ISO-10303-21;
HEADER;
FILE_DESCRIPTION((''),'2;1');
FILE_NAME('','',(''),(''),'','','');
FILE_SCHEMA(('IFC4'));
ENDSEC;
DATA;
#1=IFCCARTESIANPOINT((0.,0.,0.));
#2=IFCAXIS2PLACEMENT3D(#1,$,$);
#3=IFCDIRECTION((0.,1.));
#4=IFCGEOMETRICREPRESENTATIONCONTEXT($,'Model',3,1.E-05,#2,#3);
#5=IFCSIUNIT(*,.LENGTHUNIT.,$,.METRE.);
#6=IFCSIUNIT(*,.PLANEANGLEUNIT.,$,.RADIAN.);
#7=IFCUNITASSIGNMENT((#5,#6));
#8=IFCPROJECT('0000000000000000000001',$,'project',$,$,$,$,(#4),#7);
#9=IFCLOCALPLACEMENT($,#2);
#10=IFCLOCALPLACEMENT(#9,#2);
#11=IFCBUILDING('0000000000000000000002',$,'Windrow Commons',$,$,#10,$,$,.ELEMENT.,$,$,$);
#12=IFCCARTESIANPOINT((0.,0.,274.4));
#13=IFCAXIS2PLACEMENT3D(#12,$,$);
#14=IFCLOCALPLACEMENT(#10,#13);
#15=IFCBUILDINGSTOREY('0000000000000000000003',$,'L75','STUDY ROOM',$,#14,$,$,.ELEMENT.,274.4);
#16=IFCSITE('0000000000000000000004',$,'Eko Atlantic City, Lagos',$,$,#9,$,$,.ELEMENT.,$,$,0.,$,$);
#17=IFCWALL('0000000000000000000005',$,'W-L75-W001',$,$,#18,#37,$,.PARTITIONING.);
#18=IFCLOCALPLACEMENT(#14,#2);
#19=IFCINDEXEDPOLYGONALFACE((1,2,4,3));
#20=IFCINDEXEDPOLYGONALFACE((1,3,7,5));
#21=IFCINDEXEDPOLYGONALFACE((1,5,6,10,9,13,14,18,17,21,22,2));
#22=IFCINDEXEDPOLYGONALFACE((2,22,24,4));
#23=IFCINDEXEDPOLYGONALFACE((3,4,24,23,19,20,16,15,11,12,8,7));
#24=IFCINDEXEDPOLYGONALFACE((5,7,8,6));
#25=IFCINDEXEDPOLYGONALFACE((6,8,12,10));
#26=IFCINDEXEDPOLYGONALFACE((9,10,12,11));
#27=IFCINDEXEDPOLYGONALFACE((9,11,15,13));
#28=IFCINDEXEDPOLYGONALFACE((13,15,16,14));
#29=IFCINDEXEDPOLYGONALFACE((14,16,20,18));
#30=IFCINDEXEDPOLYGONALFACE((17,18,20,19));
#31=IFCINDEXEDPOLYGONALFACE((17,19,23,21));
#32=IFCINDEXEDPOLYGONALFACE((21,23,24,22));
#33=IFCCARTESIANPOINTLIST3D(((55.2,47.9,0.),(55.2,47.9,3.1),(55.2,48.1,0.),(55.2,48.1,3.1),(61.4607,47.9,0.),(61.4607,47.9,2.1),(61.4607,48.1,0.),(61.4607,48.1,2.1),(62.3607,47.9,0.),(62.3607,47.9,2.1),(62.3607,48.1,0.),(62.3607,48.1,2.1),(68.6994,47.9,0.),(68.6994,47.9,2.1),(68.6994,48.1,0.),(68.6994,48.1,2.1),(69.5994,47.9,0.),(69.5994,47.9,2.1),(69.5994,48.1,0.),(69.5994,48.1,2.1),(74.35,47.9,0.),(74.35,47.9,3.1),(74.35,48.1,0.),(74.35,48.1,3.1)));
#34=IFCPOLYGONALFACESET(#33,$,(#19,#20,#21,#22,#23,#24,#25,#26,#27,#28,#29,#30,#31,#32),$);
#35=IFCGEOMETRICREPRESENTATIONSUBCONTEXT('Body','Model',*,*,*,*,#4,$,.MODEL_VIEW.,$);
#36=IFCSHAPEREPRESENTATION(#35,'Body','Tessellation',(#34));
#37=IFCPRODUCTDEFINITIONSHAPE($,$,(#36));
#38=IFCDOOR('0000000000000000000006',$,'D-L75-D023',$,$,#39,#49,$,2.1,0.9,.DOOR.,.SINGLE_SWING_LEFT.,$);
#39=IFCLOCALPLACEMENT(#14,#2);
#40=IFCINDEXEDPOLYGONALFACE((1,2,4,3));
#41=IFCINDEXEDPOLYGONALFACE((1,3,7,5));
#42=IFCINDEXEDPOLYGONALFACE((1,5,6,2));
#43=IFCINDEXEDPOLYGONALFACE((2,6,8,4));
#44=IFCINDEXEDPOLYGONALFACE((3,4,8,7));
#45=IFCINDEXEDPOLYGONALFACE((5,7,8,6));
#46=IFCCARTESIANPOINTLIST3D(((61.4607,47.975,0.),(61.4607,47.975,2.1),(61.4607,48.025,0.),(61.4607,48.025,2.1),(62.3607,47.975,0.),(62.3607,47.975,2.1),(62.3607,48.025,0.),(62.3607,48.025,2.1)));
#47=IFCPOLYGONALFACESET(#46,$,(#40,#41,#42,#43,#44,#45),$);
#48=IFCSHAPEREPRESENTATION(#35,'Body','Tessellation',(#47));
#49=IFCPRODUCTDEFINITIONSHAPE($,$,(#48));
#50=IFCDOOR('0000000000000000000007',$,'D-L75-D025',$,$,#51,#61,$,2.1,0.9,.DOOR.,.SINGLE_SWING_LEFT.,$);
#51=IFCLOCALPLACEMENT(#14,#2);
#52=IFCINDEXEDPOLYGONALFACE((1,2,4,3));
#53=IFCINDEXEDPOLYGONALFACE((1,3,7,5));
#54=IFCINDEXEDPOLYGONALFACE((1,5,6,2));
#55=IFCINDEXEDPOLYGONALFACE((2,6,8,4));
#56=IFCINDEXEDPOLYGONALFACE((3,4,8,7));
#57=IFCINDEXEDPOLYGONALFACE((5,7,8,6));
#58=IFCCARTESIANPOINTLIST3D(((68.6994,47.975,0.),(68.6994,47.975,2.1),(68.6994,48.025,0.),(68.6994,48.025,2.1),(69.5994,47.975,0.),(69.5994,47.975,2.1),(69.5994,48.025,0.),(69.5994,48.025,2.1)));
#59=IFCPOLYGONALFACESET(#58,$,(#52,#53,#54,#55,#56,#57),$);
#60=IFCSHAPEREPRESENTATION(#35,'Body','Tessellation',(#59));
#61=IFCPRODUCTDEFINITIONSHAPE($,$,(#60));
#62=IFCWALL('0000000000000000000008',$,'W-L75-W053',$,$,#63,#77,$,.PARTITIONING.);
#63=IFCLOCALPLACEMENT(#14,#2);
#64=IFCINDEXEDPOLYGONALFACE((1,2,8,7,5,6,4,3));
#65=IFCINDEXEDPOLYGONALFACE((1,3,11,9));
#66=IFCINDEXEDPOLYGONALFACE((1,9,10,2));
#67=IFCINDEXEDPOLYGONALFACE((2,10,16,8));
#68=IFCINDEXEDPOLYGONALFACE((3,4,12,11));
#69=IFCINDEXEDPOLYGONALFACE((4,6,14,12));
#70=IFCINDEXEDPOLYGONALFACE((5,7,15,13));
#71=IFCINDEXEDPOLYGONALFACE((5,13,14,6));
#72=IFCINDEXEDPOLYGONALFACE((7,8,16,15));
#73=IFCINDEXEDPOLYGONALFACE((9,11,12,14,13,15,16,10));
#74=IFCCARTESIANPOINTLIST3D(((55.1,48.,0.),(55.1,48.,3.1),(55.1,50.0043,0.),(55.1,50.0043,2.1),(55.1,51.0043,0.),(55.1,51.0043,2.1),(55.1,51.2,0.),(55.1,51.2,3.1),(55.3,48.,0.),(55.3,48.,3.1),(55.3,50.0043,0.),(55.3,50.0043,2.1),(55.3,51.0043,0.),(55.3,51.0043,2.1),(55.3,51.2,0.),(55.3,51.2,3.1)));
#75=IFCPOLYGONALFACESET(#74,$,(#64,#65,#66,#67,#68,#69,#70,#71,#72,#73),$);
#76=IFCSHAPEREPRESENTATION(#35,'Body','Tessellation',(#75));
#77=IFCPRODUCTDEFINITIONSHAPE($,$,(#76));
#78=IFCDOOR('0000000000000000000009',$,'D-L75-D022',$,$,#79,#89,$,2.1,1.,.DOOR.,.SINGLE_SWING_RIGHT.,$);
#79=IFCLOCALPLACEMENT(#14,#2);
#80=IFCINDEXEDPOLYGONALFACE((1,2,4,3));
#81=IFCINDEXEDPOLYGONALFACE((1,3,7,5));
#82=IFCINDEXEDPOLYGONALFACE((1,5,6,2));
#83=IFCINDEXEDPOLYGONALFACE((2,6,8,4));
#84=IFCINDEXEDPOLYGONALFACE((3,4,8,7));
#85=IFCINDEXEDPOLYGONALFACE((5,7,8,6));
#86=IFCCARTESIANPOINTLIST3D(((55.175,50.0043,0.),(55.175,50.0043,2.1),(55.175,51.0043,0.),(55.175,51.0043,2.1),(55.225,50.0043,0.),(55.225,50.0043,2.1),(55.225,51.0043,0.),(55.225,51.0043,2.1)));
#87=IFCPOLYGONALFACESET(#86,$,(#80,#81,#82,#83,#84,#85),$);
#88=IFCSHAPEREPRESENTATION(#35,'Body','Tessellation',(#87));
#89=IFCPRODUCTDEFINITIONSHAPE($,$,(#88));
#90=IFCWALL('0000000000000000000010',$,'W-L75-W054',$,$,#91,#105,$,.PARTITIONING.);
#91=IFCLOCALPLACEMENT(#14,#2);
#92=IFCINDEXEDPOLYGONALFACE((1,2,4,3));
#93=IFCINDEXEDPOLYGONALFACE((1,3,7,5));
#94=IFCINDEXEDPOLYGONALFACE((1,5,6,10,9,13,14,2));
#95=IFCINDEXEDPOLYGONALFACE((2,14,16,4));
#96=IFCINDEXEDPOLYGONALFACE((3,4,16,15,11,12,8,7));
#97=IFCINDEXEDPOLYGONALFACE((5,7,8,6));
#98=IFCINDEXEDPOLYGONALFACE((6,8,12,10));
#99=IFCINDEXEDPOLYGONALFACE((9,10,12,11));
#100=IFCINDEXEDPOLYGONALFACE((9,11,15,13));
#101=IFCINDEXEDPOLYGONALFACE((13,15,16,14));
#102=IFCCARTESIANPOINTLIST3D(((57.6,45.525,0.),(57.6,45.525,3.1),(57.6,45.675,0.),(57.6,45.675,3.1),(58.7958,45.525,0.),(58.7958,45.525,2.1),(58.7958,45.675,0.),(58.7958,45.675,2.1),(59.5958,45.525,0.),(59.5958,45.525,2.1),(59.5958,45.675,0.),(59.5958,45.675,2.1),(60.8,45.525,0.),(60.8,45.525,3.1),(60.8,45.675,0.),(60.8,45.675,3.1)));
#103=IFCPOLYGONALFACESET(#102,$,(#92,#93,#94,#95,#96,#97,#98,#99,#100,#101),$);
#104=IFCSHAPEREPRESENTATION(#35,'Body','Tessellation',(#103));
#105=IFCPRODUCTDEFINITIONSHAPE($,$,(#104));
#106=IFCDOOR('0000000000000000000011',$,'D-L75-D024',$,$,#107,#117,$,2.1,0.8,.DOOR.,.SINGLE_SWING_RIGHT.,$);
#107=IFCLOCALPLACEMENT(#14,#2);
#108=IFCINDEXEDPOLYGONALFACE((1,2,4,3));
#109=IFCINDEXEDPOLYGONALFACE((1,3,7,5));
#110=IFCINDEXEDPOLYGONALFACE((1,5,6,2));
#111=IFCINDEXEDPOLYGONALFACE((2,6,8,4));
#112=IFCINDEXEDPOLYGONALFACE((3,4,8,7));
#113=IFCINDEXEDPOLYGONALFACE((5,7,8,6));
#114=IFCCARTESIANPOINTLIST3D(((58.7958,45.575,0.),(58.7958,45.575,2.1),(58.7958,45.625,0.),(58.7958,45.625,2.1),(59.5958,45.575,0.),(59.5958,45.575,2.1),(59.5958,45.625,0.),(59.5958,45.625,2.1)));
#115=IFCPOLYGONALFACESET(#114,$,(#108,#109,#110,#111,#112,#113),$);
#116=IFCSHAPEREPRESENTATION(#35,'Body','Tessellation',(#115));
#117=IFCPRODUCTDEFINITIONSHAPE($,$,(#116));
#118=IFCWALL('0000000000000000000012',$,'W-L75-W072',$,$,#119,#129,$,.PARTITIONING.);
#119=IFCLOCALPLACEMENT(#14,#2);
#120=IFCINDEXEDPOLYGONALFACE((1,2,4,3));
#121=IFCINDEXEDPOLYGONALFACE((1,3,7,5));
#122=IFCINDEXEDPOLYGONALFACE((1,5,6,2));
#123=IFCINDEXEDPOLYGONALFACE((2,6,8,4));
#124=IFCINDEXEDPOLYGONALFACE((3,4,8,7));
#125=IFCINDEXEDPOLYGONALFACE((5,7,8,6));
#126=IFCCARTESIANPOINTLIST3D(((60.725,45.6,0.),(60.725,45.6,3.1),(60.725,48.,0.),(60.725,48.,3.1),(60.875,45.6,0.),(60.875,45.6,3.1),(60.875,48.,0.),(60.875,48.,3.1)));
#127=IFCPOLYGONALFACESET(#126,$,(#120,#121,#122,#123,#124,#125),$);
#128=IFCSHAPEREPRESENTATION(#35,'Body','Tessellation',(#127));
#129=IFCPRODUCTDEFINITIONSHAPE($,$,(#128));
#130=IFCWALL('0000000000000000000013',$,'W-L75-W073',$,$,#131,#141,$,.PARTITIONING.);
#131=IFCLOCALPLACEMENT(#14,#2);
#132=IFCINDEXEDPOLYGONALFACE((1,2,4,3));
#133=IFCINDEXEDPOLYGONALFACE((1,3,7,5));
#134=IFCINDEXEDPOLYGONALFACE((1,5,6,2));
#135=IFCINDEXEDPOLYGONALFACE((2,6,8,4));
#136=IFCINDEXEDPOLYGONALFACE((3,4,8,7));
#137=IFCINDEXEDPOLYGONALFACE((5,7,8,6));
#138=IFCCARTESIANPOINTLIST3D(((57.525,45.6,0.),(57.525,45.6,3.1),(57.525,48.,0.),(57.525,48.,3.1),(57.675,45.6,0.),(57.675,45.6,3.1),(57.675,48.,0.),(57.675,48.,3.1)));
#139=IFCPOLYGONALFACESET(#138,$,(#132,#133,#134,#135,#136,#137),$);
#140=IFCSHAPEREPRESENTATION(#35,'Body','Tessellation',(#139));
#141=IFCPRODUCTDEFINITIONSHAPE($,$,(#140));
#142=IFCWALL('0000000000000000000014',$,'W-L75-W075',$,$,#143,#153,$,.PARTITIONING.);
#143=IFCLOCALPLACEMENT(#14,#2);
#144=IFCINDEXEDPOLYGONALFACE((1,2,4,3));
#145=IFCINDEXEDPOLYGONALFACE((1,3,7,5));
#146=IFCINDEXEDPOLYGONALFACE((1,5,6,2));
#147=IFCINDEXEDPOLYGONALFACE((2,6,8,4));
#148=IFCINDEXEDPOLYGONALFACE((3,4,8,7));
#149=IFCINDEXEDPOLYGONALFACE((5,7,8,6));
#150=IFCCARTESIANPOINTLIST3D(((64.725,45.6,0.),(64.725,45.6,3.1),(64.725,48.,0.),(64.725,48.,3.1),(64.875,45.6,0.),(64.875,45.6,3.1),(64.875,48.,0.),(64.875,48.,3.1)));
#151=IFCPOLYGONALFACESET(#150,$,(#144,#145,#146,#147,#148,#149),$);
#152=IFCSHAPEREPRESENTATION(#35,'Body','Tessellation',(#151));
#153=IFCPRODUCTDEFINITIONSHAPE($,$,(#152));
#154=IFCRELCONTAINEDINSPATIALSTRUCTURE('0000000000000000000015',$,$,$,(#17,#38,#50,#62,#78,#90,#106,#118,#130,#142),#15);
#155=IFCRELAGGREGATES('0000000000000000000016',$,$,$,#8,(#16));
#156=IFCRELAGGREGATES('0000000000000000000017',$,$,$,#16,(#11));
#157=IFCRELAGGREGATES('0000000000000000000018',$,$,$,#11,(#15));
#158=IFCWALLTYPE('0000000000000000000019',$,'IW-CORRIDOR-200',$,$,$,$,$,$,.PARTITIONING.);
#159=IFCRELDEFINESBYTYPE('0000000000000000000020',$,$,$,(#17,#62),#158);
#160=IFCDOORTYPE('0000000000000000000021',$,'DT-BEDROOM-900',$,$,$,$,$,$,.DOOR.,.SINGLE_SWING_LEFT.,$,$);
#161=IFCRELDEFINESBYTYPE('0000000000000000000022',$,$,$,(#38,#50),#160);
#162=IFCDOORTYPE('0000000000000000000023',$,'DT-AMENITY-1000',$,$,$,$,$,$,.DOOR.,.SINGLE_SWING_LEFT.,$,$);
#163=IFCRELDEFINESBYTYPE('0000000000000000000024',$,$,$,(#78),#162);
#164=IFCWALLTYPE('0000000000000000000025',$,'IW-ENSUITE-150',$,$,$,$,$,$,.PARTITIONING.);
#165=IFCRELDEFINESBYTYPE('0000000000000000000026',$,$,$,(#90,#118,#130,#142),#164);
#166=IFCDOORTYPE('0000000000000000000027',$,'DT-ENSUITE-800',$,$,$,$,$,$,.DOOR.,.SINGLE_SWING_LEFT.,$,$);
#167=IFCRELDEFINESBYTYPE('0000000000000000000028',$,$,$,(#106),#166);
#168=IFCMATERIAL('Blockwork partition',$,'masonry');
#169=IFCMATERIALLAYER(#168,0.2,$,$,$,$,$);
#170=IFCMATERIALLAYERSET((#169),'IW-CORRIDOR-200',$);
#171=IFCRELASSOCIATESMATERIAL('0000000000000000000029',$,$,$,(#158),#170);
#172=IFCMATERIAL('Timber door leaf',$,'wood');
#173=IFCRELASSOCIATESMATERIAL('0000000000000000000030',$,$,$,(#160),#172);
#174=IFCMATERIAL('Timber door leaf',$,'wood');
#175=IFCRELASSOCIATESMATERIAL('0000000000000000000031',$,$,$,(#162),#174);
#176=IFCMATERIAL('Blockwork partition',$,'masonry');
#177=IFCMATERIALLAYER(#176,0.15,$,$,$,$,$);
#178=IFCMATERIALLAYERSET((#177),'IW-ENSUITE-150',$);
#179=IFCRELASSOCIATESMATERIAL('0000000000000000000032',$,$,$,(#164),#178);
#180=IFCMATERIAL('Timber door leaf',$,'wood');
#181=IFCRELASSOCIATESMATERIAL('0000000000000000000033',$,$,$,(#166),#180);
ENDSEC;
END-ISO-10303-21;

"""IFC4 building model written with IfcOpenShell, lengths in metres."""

from ifc_helpers import new_model, si_unit, direction, frame, frame_2d, origin, place, context, subcontext, project, spatial, rectangle, extrude, material, layer, layer_set, type_object, element, fill, save


model = new_model("IFC4")

# Units and contexts
model_context = context("Model", 3, precision=1e-05, world=origin(), true_north=direction((0.0, 1.0)))
body_context = subcontext(model_context, "Body", "Model", "MODEL_VIEW")
ifc_project = project(units=[si_unit("LENGTHUNIT", "METRE"), si_unit("PLANEANGLEUNIT", "RADIAN")], contexts=[model_context])

# Site, building, storey
site_placement = place(None, origin())
site = spatial("IfcSite", under=ifc_project, at=site_placement, Name="Eko Atlantic City, Lagos", CompositionType="ELEMENT", RefElevation=0.0)
building_placement = place(site_placement, origin())
building = spatial("IfcBuilding", under=site, at=building_placement, Name="Windrow Commons", CompositionType="ELEMENT")
storey_placement = place(building_placement, frame((0.0, 0.0, 274.4)))
storey = spatial("IfcBuildingStorey", under=building, at=storey_placement, Name="L75", Description="STUDY ROOM", CompositionType="ELEMENT", Elevation=274.4)

# Wall, openings, doors
ifc_material_1 = material(Name="Blockwork partition", Category="masonry")
ifc_layer_1 = layer(ifc_material_1, 0.2)
ifc_layer_set_1 = layer_set([ifc_layer_1], Name="IW-CORRIDOR-200")
wall_type_1 = type_object("IfcWallType", Name="IW-CORRIDOR-200", PredefinedType="PARTITIONING", material=ifc_layer_set_1)
wall_1_placement = place(storey_placement, frame((55.2, 48.0, 0.0), z_axis=(0.0, 0.0, 1.0), x_axis=(1.0, 0.0, 0.0)))
wall_1 = element("IfcWall", 1, at=wall_1_placement, inside=storey, type_object=wall_type_1, Name="W-L75-W001", PredefinedType="PARTITIONING", context=body_context, shape_type="SweptSolid", body=[
    extrude(rectangle(XDim=19.15, YDim=0.2, at=frame_2d((9.575, 0.0))), origin(), (0.0, 0.0, 1.0), 3.1),
])
opening_1_placement = place(wall_1_placement, frame((6.2607, 0.0, 0.0)))
opening_1 = element("IfcOpeningElement", 2, at=opening_1_placement, cuts=wall_1, PredefinedType="OPENING", context=body_context, shape_type="SweptSolid", body=[
    extrude(rectangle(XDim=0.9, YDim=2.1, at=frame_2d((0.45, 1.05))), frame((0.0, 0.11, 0.0), z_axis=(0.0, -1.0, 0.0), x_axis=(1.0, 0.0, 0.0)), (0.0, 0.0, 1.0), 0.22),
])
opening_2_placement = place(wall_1_placement, frame((13.4994, 0.0, 0.0)))
opening_2 = element("IfcOpeningElement", 3, at=opening_2_placement, cuts=wall_1, PredefinedType="OPENING", context=body_context, shape_type="SweptSolid", body=[
    extrude(rectangle(XDim=0.9, YDim=2.1, at=frame_2d((0.45, 1.05))), frame((0.0, 0.11, 0.0), z_axis=(0.0, -1.0, 0.0), x_axis=(1.0, 0.0, 0.0)), (0.0, 0.0, 1.0), 0.22),
])
ifc_material_2 = material(Name="Timber door leaf", Category="wood")
door_type_1 = type_object("IfcDoorType", Name="DT-BEDROOM-900", OperationType="SINGLE_SWING_LEFT", PredefinedType="DOOR", material=ifc_material_2)
door_1_placement = place(opening_1_placement, origin())
door_1 = element("IfcDoor", 4, at=door_1_placement, inside=storey, type_object=door_type_1, Name="D-L75-D023", OperationType="SINGLE_SWING_LEFT", OverallHeight=2.1, OverallWidth=0.9, PredefinedType="DOOR", context=body_context, shape_type="SweptSolid", body=[
    extrude(rectangle(XDim=0.9, YDim=2.1, at=frame_2d((0.45, 1.05))), frame((0.0, 0.025, 0.0), z_axis=(0.0, -1.0, 0.0), x_axis=(1.0, 0.0, 0.0)), (0.0, 0.0, 1.0), 0.05),
])
fill(opening_1, door_1)
door_2_placement = place(opening_2_placement, origin())
door_2 = element("IfcDoor", 5, at=door_2_placement, inside=storey, type_object=door_type_1, Name="D-L75-D025", OperationType="SINGLE_SWING_LEFT", OverallHeight=2.1, OverallWidth=0.9, PredefinedType="DOOR", context=body_context, shape_type="SweptSolid", body=[
    extrude(rectangle(XDim=0.9, YDim=2.1, at=frame_2d((0.45, 1.05))), frame((0.0, 0.025, 0.0), z_axis=(0.0, -1.0, 0.0), x_axis=(1.0, 0.0, 0.0)), (0.0, 0.0, 1.0), 0.05),
])
fill(opening_2, door_2)

# Walls, openings, doors
wall_2_placement = place(storey_placement, frame((55.2, 48.0, 0.0), z_axis=(0.0, 0.0, 1.0), x_axis=(0.0, 1.0, 0.0)))
wall_2 = element("IfcWall", 6, at=wall_2_placement, inside=storey, type_object=wall_type_1, Name="W-L75-W053", PredefinedType="PARTITIONING", context=body_context, shape_type="SweptSolid", body=[
    extrude(rectangle(XDim=3.2, YDim=0.2, at=frame_2d((1.6, 0.0))), origin(), (0.0, 0.0, 1.0), 3.1),
])
opening_3_placement = place(wall_2_placement, frame((2.0043, 0.0, 0.0)))
opening_3 = element("IfcOpeningElement", 7, at=opening_3_placement, cuts=wall_2, PredefinedType="OPENING", context=body_context, shape_type="SweptSolid", body=[
    extrude(rectangle(XDim=1.0, YDim=2.1, at=frame_2d((0.5, 1.05))), frame((0.0, 0.11, 0.0), z_axis=(0.0, -1.0, 0.0), x_axis=(1.0, 0.0, 0.0)), (0.0, 0.0, 1.0), 0.22),
])
ifc_material_3 = material(Name="Timber door leaf", Category="wood")
door_type_2 = type_object("IfcDoorType", Name="DT-AMENITY-1000", OperationType="SINGLE_SWING_LEFT", PredefinedType="DOOR", material=ifc_material_3)
door_3_placement = place(opening_3_placement, origin())
door_3 = element("IfcDoor", 8, at=door_3_placement, inside=storey, type_object=door_type_2, Name="D-L75-D022", OperationType="SINGLE_SWING_RIGHT", OverallHeight=2.1, OverallWidth=1.0, PredefinedType="DOOR", context=body_context, shape_type="SweptSolid", body=[
    extrude(rectangle(XDim=1.0, YDim=2.1, at=frame_2d((0.5, 1.05))), frame((0.0, 0.025, 0.0), z_axis=(0.0, -1.0, 0.0), x_axis=(1.0, 0.0, 0.0)), (0.0, 0.0, 1.0), 0.05),
])
fill(opening_3, door_3)
ifc_material_4 = material(Name="Blockwork partition", Category="masonry")
ifc_layer_2 = layer(ifc_material_4, 0.15)
ifc_layer_set_2 = layer_set([ifc_layer_2], Name="IW-ENSUITE-150")
wall_type_2 = type_object("IfcWallType", Name="IW-ENSUITE-150", PredefinedType="PARTITIONING", material=ifc_layer_set_2)
wall_3_placement = place(storey_placement, frame((57.6, 45.6, 0.0), z_axis=(0.0, 0.0, 1.0), x_axis=(1.0, 0.0, 0.0)))
wall_3 = element("IfcWall", 9, at=wall_3_placement, inside=storey, type_object=wall_type_2, Name="W-L75-W054", PredefinedType="PARTITIONING", context=body_context, shape_type="SweptSolid", body=[
    extrude(rectangle(XDim=3.2, YDim=0.15, at=frame_2d((1.6, 0.0))), origin(), (0.0, 0.0, 1.0), 3.1),
])
opening_4_placement = place(wall_3_placement, frame((1.1958, 0.0, 0.0)))
opening_4 = element("IfcOpeningElement", 10, at=opening_4_placement, cuts=wall_3, PredefinedType="OPENING", context=body_context, shape_type="SweptSolid", body=[
    extrude(rectangle(XDim=0.8, YDim=2.1, at=frame_2d((0.4, 1.05))), frame((0.0, 0.085, 0.0), z_axis=(0.0, -1.0, 0.0), x_axis=(1.0, 0.0, 0.0)), (0.0, 0.0, 1.0), 0.17),
])
ifc_material_5 = material(Name="Timber door leaf", Category="wood")
door_type_3 = type_object("IfcDoorType", Name="DT-ENSUITE-800", OperationType="SINGLE_SWING_LEFT", PredefinedType="DOOR", material=ifc_material_5)
door_4_placement = place(opening_4_placement, origin())
door_4 = element("IfcDoor", 11, at=door_4_placement, inside=storey, type_object=door_type_3, Name="D-L75-D024", OperationType="SINGLE_SWING_RIGHT", OverallHeight=2.1, OverallWidth=0.8, PredefinedType="DOOR", context=body_context, shape_type="SweptSolid", body=[
    extrude(rectangle(XDim=0.8, YDim=2.1, at=frame_2d((0.4, 1.05))), frame((0.0, 0.025, 0.0), z_axis=(0.0, -1.0, 0.0), x_axis=(1.0, 0.0, 0.0)), (0.0, 0.0, 1.0), 0.05),
])
fill(opening_4, door_4)

# Walls
for number, where, z_axis, x_axis, name in (
    (12, (60.8, 45.6, 0.0), (0.0, 0.0, 1.0), (0.0, 1.0, 0.0), "W-L75-W072"),
    (13, (57.6, 45.6, 0.0), (0.0, 0.0, 1.0), (0.0, 1.0, 0.0), "W-L75-W073"),
    (14, (64.8, 45.6, 0.0), (0.0, 0.0, 1.0), (0.0, 1.0, 0.0), "W-L75-W075"),
):
    element("IfcWall", number, at=place(storey_placement, frame(where, z_axis=z_axis, x_axis=x_axis)), inside=storey, type_object=wall_type_2, Name=name, PredefinedType="PARTITIONING", context=body_context, shape_type="SweptSolid", body=[
        extrude(rectangle(XDim=2.4, YDim=0.15, at=frame_2d((1.2, 0.0))), origin(), (0.0, 0.0, 1.0), 3.1),
    ])

save(model, "model.ifc")
